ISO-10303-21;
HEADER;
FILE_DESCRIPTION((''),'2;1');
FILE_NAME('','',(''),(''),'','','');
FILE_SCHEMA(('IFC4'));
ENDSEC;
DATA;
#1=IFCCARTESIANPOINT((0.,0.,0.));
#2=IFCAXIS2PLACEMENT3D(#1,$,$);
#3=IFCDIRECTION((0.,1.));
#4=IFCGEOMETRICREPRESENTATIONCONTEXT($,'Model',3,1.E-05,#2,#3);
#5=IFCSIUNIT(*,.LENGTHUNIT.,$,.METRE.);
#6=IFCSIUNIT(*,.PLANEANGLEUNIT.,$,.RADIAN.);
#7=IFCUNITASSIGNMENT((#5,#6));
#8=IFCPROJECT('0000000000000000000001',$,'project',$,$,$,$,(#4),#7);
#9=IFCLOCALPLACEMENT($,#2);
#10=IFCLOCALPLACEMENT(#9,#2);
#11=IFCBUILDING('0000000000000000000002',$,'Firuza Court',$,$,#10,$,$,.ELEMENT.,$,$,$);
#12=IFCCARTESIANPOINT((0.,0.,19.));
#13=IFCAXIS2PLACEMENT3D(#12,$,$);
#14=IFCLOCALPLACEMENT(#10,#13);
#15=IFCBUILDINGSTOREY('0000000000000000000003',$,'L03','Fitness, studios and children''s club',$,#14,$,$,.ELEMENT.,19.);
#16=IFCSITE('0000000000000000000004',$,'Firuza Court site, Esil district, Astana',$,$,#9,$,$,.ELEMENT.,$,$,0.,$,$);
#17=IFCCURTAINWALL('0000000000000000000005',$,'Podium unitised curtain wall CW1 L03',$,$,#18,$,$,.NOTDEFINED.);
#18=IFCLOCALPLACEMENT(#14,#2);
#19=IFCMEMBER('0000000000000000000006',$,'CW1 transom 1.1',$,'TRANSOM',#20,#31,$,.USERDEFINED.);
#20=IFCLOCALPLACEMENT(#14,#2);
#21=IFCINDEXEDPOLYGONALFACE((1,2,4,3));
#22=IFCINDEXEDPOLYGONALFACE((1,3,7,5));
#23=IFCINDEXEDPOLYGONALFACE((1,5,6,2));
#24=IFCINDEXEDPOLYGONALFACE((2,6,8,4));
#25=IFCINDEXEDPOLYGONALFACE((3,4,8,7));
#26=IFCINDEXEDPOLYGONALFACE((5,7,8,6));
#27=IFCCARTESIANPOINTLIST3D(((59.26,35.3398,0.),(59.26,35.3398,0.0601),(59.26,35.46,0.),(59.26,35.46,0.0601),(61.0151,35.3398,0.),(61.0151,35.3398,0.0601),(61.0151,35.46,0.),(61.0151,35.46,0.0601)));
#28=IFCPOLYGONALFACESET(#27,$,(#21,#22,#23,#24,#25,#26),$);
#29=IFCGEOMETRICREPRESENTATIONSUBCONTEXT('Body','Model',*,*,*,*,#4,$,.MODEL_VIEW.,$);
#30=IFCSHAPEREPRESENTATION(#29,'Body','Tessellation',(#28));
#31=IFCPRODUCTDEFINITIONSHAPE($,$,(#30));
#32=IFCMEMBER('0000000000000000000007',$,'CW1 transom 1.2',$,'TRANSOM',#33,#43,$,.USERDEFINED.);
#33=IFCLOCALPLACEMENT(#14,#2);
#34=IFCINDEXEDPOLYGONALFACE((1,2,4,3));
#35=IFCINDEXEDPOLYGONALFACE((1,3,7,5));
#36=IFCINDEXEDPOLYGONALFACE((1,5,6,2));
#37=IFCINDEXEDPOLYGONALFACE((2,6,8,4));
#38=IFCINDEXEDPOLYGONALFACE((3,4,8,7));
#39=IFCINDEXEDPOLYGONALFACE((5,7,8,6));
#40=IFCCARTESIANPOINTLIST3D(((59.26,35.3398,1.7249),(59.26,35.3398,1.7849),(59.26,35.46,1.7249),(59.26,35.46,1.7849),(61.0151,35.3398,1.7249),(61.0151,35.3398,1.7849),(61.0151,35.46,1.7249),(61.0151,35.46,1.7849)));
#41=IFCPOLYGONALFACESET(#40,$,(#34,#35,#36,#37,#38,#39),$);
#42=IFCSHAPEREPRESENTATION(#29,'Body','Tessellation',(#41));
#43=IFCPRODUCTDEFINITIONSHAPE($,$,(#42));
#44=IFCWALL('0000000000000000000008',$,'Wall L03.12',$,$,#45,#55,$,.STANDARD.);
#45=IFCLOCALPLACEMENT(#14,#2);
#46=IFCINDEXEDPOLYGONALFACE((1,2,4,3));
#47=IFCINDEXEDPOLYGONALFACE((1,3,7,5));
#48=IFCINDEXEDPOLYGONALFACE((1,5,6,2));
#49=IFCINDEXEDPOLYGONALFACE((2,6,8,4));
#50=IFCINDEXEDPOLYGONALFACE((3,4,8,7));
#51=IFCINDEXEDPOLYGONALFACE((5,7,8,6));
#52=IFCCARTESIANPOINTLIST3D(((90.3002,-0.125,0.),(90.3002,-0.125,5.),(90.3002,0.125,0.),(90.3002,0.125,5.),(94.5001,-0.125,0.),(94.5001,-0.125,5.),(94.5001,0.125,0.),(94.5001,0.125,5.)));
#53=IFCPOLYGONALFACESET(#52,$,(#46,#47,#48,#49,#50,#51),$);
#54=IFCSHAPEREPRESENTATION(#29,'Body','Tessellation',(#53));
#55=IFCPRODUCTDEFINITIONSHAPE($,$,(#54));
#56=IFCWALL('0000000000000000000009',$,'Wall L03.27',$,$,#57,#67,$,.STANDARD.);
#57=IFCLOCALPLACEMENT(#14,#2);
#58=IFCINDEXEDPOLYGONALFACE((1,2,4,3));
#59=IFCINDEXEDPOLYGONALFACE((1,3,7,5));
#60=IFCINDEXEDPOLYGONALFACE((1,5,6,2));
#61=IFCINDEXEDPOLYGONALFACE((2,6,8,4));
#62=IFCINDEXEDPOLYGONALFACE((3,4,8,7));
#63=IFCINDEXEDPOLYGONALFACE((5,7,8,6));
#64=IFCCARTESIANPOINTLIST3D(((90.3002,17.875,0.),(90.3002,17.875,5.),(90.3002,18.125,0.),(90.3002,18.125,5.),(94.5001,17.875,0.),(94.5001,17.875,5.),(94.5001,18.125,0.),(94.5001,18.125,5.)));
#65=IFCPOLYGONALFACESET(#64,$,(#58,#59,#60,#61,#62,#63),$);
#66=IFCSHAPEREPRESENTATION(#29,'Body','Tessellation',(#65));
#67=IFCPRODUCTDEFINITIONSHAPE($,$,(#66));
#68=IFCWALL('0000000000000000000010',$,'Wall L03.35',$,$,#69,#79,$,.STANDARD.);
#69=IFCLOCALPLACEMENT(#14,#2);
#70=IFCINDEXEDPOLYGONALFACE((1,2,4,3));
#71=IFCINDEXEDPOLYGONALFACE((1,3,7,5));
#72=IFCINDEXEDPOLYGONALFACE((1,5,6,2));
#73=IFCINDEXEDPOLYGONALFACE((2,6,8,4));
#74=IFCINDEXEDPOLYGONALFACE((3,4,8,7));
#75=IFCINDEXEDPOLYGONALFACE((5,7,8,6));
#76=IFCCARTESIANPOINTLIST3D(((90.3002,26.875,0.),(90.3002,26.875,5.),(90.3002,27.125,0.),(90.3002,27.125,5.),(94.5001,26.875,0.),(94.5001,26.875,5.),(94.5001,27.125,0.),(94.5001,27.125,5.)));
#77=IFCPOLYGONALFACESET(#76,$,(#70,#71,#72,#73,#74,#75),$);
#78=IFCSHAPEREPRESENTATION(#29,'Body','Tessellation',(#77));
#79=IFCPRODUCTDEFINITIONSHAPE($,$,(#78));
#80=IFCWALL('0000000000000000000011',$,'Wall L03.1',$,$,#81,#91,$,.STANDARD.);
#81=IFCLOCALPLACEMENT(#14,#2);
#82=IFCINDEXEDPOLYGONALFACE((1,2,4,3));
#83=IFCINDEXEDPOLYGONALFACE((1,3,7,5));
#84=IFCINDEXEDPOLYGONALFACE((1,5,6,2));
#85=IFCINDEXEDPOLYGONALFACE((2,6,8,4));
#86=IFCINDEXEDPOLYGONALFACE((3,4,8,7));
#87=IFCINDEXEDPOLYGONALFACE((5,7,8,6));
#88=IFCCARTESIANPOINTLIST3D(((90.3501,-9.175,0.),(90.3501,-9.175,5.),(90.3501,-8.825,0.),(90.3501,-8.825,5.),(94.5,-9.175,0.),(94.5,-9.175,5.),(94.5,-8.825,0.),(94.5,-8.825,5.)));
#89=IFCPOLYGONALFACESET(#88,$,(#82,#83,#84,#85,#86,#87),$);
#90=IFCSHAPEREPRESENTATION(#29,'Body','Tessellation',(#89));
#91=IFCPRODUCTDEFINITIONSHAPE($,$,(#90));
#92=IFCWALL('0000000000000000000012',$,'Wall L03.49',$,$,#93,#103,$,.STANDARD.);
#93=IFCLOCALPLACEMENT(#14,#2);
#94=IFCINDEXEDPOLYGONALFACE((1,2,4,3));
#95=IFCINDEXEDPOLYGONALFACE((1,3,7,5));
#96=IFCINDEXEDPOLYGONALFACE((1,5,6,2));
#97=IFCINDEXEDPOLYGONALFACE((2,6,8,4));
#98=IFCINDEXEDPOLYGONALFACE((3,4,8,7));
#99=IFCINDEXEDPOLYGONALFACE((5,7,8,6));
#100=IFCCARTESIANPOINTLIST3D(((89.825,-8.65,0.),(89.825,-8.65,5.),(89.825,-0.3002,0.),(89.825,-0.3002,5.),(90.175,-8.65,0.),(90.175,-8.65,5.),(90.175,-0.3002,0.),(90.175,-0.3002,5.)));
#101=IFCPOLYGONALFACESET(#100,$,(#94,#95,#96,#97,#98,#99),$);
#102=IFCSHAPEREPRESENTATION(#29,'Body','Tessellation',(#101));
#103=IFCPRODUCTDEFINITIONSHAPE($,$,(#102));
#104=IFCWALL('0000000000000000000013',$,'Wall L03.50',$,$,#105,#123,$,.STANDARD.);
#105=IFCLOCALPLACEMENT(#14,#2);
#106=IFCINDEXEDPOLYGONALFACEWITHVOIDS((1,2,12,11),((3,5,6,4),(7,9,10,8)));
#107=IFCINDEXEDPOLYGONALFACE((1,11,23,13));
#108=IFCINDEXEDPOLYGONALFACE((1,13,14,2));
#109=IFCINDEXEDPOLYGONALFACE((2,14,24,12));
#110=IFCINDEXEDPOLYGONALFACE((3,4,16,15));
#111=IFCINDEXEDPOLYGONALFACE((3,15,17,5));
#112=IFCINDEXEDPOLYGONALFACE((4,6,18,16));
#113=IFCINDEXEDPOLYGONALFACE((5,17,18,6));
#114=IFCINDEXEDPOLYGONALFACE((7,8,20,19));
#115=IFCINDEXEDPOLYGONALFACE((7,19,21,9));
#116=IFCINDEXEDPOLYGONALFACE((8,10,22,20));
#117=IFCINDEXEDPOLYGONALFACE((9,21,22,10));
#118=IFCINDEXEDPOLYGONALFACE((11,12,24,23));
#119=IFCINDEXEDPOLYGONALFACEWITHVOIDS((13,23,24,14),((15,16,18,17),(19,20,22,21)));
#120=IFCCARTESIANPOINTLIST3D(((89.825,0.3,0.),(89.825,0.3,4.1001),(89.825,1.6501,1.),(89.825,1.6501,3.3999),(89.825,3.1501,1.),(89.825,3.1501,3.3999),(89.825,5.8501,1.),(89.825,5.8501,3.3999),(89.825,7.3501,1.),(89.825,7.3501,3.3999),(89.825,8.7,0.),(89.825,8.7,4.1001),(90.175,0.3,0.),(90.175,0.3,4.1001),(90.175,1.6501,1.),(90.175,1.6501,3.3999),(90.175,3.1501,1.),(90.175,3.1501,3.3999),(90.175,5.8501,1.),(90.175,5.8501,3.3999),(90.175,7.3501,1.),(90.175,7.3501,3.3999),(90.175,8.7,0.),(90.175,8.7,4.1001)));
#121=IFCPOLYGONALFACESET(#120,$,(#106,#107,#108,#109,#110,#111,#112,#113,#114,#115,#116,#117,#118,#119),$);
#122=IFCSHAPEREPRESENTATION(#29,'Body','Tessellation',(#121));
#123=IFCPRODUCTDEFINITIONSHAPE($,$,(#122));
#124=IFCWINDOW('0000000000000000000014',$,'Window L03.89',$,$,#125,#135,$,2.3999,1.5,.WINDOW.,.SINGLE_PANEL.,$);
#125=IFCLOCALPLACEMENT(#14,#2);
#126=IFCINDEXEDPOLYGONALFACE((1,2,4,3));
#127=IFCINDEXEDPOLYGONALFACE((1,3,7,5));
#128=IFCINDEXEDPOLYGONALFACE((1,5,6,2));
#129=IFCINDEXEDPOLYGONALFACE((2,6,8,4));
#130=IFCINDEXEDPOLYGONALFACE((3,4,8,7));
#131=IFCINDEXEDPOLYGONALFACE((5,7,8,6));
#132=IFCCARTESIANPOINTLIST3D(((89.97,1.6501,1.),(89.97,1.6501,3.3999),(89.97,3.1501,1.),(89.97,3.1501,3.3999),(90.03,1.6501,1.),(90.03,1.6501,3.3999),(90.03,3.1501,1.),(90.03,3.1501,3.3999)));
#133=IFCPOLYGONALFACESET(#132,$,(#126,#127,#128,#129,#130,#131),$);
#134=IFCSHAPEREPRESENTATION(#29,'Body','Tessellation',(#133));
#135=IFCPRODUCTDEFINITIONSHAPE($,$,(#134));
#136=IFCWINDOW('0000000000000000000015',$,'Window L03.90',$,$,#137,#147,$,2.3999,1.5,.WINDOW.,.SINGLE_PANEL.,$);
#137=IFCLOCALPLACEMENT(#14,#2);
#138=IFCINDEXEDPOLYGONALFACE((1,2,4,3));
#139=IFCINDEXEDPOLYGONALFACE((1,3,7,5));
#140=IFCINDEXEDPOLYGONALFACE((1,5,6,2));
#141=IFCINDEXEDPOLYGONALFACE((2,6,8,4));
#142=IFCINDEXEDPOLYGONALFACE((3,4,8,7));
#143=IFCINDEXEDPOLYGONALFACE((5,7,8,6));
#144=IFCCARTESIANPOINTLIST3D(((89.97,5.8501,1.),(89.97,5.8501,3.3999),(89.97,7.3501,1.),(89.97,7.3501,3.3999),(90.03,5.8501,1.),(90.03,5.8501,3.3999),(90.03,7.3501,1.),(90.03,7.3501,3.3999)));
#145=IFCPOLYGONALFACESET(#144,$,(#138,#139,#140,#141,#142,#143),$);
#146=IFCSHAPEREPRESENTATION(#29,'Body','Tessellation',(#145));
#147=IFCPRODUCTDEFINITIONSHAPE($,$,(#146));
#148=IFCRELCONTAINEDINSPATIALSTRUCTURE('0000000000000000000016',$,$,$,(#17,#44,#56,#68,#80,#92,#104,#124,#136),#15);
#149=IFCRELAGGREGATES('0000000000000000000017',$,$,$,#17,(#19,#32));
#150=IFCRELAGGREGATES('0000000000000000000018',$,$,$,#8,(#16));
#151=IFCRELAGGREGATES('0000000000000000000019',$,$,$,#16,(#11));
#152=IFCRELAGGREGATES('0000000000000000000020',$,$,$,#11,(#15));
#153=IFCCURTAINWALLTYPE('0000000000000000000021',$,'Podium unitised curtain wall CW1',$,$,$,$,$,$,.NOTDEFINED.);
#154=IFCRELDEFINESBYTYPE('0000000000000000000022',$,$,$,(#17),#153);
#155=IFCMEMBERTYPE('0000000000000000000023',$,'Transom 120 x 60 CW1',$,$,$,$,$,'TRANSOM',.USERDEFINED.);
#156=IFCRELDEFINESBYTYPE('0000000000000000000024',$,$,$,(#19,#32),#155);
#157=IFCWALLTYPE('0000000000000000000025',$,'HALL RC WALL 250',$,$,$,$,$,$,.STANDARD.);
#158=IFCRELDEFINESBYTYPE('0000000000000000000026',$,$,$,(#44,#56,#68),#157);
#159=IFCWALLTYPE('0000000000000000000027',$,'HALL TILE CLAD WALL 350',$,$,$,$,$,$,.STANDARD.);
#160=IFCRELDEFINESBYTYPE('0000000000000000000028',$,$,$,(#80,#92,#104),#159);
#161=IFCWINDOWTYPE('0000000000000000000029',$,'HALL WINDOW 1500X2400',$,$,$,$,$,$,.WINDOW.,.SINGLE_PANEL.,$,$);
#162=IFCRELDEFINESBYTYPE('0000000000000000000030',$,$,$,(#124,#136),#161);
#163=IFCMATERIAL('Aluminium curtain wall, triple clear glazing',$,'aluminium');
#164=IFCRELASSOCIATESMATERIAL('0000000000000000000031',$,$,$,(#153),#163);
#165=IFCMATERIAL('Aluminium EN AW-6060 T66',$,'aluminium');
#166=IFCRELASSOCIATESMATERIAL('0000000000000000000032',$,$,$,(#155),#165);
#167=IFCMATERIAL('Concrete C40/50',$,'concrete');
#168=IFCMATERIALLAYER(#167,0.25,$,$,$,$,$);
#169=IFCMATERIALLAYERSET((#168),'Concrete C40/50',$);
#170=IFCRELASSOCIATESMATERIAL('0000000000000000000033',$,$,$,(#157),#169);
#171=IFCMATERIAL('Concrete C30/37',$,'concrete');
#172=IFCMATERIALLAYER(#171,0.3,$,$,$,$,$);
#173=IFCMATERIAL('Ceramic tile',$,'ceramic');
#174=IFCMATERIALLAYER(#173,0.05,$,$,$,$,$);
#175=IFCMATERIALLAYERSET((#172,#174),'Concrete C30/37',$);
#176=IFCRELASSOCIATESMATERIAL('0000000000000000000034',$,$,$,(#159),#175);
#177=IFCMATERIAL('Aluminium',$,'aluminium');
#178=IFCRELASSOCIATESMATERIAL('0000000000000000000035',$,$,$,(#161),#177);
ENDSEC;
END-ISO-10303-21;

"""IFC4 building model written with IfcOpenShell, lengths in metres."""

from ifc_helpers import new_model, si_unit, direction, frame, frame_2d, origin, origin_2d, place, context, subcontext, project, spatial, rectangle, extrude, material, layer, layer_set, material_profile, profile_set, type_object, element, fill, aggregate, save


model = new_model("IFC4")

# Units and contexts
model_context = context("Model", 3, precision=1e-05, world=origin(), true_north=direction((0.0, 1.0)))
body_context = subcontext(model_context, "Body", "Model", "MODEL_VIEW")
ifc_project = project(units=[si_unit("LENGTHUNIT", "METRE"), si_unit("PLANEANGLEUNIT", "RADIAN")], contexts=[model_context])

# Site, building, storey
site_placement = place(None, origin())
site = spatial("IfcSite", under=ifc_project, at=site_placement, Name="Firuza Court site, Esil district, Astana", CompositionType="ELEMENT", RefElevation=0.0)
building_placement = place(site_placement, origin())
building = spatial("IfcBuilding", under=site, at=building_placement, Name="Firuza Court", CompositionType="ELEMENT")
storey_placement = place(building_placement, frame((0.0, 0.0, 19.0)))
storey = spatial("IfcBuildingStorey", under=building, at=storey_placement, Name="L03", Description="Fitness, studios and children's club", CompositionType="ELEMENT", Elevation=19.0)

# Curtain wall
ifc_material_1 = material(Name="Aluminium curtain wall, triple clear glazing", Category="aluminium")
curtain_wall_type = type_object("IfcCurtainWallType", Name="Podium unitised curtain wall CW1", PredefinedType="NOTDEFINED", material=ifc_material_1)
curtain_wall_placement = place(storey_placement, origin())
curtain_wall = element("IfcCurtainWall", 1, at=curtain_wall_placement, inside=storey, type_object=curtain_wall_type, Name="Podium unitised curtain wall CW1 L03", PredefinedType="NOTDEFINED")

# Members
ifc_material_2 = material(Name="Aluminium EN AW-6060 T66", Category="aluminium")
ifc_material_profile_1 = material_profile(ifc_material_2, rectangle(XDim=0.1201, YDim=0.0601, at=origin_2d()), Name="Transom 120 x 60 CW1")
ifc_profile_set_1 = profile_set([ifc_material_profile_1], Name="Aluminium EN AW-6060 T66")
member_type_1 = type_object("IfcMemberType", Name="Transom 120 x 60 CW1", ElementType="TRANSOM", PredefinedType="USERDEFINED", material=ifc_profile_set_1)
member_1_placement = place(storey_placement, frame((59.26, 35.3999, 0.03), z_axis=(1.0, 0.0, 0.0), x_axis=(0.0, 1.0, 0.0)))
member_1 = element("IfcMember", 2, at=member_1_placement, type_object=member_type_1, Name="CW1 transom 1.1", ObjectType="TRANSOM", PredefinedType="USERDEFINED", context=body_context, shape_type="SweptSolid", body=[
    extrude(rectangle(XDim=0.1201, YDim=0.0601, at=origin_2d()), origin(), (0.0, 0.0, 1.0), 1.7551),
])
member_2_placement = place(storey_placement, frame((59.26, 35.3999, 1.7549), z_axis=(1.0, 0.0, 0.0), x_axis=(0.0, 1.0, 0.0)))
member_2 = element("IfcMember", 3, at=member_2_placement, type_object=member_type_1, Name="CW1 transom 1.2", ObjectType="TRANSOM", PredefinedType="USERDEFINED", context=body_context, shape_type="SweptSolid", body=[
    extrude(rectangle(XDim=0.1201, YDim=0.0601, at=origin_2d()), origin(), (0.0, 0.0, 1.0), 1.7551),
])
aggregate(curtain_wall, [member_1, member_2])

# Walls
ifc_material_3 = material(Name="Concrete C40/50", Category="concrete")
ifc_layer_1 = layer(ifc_material_3, 0.25)
ifc_layer_set_1 = layer_set([ifc_layer_1], Name="Concrete C40/50")
wall_type_1 = type_object("IfcWallType", Name="HALL RC WALL 250", PredefinedType="STANDARD", material=ifc_layer_set_1)
for number, where, z_axis, x_axis, name in (
    (4, (90.3, 0.0, 0.0), (0.0, 0.0, 1.0), (1.0, 0.0, 0.0), "Wall L03.12"),
    (5, (90.3, 18.0, 0.0), (0.0, 0.0, 1.0), (1.0, 0.0, 0.0), "Wall L03.27"),
    (6, (90.3, 27.0, 0.0), (0.0, 0.0, 1.0), (1.0, 0.0, 0.0), "Wall L03.35"),
):
    element("IfcWall", number, at=place(storey_placement, frame(where, z_axis=z_axis, x_axis=x_axis)), inside=storey, type_object=wall_type_1, Name=name, PredefinedType="STANDARD", context=body_context, shape_type="SweptSolid", body=[
        extrude(rectangle(XDim=4.2, YDim=0.25, at=frame_2d((2.1001, 0.0))), origin(), (0.0, 0.0, 1.0), 5.0),
    ])
ifc_material_4 = material(Name="Concrete C30/37", Category="concrete")
ifc_layer_2 = layer(ifc_material_4, 0.3)
ifc_material_5 = material(Name="Ceramic tile", Category="ceramic")
ifc_layer_3 = layer(ifc_material_5, 0.05)
ifc_layer_set_2 = layer_set([ifc_layer_2, ifc_layer_3], Name="Concrete C30/37")
wall_type_2 = type_object("IfcWallType", Name="HALL TILE CLAD WALL 350", PredefinedType="STANDARD", material=ifc_layer_set_2)
wall_1_placement = place(storey_placement, frame((90.3501, -9.0, 0.0), z_axis=(0.0, 0.0, 1.0), x_axis=(1.0, 0.0, 0.0)))
element("IfcWall", 7, at=wall_1_placement, inside=storey, type_object=wall_type_2, Name="Wall L03.1", PredefinedType="STANDARD", context=body_context, shape_type="SweptSolid", body=[
    extrude(rectangle(XDim=4.1499, YDim=0.3501, at=frame_2d((2.075, 0.0))), origin(), (0.0, 0.0, 1.0), 5.0),
])
wall_2_placement = place(storey_placement, frame((90.0, -8.6499, 0.0), z_axis=(0.0, 0.0, 1.0), x_axis=(0.0, 1.0, 0.0)))
element("IfcWall", 8, at=wall_2_placement, inside=storey, type_object=wall_type_2, Name="Wall L03.49", PredefinedType="STANDARD", context=body_context, shape_type="SweptSolid", body=[
    extrude(rectangle(XDim=8.3499, YDim=0.3501, at=frame_2d((4.1748, 0.0))), origin(), (0.0, 0.0, 1.0), 5.0),
])

# Wall, openings, windows
wall_3_placement = place(storey_placement, frame((90.0, 0.3, 0.0), z_axis=(0.0, 0.0, 1.0), x_axis=(0.0, 1.0, 0.0)))
wall_3 = element("IfcWall", 9, at=wall_3_placement, inside=storey, type_object=wall_type_2, Name="Wall L03.50", PredefinedType="STANDARD", context=body_context, shape_type="SweptSolid", body=[
    extrude(rectangle(XDim=8.3999, YDim=0.3501, at=frame_2d((4.2, 0.0))), origin(), (0.0, 0.0, 1.0), 4.1001),
])
opening_1_placement = place(wall_3_placement, frame((1.3501, 0.0, 1.0)))
opening_1 = element("IfcOpeningElement", 10, at=opening_1_placement, cuts=wall_3, PredefinedType="OPENING", context=body_context, shape_type="SweptSolid", body=[
    extrude(rectangle(XDim=1.5, YDim=2.3999, at=frame_2d((0.75, 1.2))), frame((0.0, 0.187, 0.0), z_axis=(0.0, -1.0, 0.0), x_axis=(1.0, 0.0, 0.0)), (0.0, 0.0, 1.0), 0.374),
])
opening_2_placement = place(wall_3_placement, frame((5.55, 0.0, 1.0)))
opening_2 = element("IfcOpeningElement", 11, at=opening_2_placement, cuts=wall_3, PredefinedType="OPENING", context=body_context, shape_type="SweptSolid", body=[
    extrude(rectangle(XDim=1.5, YDim=2.3999, at=frame_2d((0.75, 1.2))), frame((0.0, 0.187, 0.0), z_axis=(0.0, -1.0, 0.0), x_axis=(1.0, 0.0, 0.0)), (0.0, 0.0, 1.0), 0.374),
])
ifc_material_6 = material(Name="Aluminium", Category="aluminium")
window_type = type_object("IfcWindowType", Name="HALL WINDOW 1500X2400", PartitioningType="SINGLE_PANEL", PredefinedType="WINDOW", material=ifc_material_6)
window_1_placement = place(opening_1_placement, origin())
window_1 = element("IfcWindow", 12, at=window_1_placement, inside=storey, type_object=window_type, Name="Window L03.89", OverallHeight=2.3999, OverallWidth=1.5, PartitioningType="SINGLE_PANEL", PredefinedType="WINDOW", context=body_context, shape_type="SweptSolid", body=[
    extrude(rectangle(XDim=1.5, YDim=2.3999, at=frame_2d((0.75, 1.2))), frame((0.0, 0.03, 0.0), z_axis=(0.0, -1.0, 0.0), x_axis=(1.0, 0.0, 0.0)), (0.0, 0.0, 1.0), 0.0601),
])
fill(opening_1, window_1)
window_2_placement = place(opening_2_placement, origin())
window_2 = element("IfcWindow", 13, at=window_2_placement, inside=storey, type_object=window_type, Name="Window L03.90", OverallHeight=2.3999, OverallWidth=1.5, PartitioningType="SINGLE_PANEL", PredefinedType="WINDOW", context=body_context, shape_type="SweptSolid", body=[
    extrude(rectangle(XDim=1.5, YDim=2.3999, at=frame_2d((0.75, 1.2))), frame((0.0, 0.03, 0.0), z_axis=(0.0, -1.0, 0.0), x_axis=(1.0, 0.0, 0.0)), (0.0, 0.0, 1.0), 0.0601),
])
fill(opening_2, window_2)

save(model, "model.ifc")
